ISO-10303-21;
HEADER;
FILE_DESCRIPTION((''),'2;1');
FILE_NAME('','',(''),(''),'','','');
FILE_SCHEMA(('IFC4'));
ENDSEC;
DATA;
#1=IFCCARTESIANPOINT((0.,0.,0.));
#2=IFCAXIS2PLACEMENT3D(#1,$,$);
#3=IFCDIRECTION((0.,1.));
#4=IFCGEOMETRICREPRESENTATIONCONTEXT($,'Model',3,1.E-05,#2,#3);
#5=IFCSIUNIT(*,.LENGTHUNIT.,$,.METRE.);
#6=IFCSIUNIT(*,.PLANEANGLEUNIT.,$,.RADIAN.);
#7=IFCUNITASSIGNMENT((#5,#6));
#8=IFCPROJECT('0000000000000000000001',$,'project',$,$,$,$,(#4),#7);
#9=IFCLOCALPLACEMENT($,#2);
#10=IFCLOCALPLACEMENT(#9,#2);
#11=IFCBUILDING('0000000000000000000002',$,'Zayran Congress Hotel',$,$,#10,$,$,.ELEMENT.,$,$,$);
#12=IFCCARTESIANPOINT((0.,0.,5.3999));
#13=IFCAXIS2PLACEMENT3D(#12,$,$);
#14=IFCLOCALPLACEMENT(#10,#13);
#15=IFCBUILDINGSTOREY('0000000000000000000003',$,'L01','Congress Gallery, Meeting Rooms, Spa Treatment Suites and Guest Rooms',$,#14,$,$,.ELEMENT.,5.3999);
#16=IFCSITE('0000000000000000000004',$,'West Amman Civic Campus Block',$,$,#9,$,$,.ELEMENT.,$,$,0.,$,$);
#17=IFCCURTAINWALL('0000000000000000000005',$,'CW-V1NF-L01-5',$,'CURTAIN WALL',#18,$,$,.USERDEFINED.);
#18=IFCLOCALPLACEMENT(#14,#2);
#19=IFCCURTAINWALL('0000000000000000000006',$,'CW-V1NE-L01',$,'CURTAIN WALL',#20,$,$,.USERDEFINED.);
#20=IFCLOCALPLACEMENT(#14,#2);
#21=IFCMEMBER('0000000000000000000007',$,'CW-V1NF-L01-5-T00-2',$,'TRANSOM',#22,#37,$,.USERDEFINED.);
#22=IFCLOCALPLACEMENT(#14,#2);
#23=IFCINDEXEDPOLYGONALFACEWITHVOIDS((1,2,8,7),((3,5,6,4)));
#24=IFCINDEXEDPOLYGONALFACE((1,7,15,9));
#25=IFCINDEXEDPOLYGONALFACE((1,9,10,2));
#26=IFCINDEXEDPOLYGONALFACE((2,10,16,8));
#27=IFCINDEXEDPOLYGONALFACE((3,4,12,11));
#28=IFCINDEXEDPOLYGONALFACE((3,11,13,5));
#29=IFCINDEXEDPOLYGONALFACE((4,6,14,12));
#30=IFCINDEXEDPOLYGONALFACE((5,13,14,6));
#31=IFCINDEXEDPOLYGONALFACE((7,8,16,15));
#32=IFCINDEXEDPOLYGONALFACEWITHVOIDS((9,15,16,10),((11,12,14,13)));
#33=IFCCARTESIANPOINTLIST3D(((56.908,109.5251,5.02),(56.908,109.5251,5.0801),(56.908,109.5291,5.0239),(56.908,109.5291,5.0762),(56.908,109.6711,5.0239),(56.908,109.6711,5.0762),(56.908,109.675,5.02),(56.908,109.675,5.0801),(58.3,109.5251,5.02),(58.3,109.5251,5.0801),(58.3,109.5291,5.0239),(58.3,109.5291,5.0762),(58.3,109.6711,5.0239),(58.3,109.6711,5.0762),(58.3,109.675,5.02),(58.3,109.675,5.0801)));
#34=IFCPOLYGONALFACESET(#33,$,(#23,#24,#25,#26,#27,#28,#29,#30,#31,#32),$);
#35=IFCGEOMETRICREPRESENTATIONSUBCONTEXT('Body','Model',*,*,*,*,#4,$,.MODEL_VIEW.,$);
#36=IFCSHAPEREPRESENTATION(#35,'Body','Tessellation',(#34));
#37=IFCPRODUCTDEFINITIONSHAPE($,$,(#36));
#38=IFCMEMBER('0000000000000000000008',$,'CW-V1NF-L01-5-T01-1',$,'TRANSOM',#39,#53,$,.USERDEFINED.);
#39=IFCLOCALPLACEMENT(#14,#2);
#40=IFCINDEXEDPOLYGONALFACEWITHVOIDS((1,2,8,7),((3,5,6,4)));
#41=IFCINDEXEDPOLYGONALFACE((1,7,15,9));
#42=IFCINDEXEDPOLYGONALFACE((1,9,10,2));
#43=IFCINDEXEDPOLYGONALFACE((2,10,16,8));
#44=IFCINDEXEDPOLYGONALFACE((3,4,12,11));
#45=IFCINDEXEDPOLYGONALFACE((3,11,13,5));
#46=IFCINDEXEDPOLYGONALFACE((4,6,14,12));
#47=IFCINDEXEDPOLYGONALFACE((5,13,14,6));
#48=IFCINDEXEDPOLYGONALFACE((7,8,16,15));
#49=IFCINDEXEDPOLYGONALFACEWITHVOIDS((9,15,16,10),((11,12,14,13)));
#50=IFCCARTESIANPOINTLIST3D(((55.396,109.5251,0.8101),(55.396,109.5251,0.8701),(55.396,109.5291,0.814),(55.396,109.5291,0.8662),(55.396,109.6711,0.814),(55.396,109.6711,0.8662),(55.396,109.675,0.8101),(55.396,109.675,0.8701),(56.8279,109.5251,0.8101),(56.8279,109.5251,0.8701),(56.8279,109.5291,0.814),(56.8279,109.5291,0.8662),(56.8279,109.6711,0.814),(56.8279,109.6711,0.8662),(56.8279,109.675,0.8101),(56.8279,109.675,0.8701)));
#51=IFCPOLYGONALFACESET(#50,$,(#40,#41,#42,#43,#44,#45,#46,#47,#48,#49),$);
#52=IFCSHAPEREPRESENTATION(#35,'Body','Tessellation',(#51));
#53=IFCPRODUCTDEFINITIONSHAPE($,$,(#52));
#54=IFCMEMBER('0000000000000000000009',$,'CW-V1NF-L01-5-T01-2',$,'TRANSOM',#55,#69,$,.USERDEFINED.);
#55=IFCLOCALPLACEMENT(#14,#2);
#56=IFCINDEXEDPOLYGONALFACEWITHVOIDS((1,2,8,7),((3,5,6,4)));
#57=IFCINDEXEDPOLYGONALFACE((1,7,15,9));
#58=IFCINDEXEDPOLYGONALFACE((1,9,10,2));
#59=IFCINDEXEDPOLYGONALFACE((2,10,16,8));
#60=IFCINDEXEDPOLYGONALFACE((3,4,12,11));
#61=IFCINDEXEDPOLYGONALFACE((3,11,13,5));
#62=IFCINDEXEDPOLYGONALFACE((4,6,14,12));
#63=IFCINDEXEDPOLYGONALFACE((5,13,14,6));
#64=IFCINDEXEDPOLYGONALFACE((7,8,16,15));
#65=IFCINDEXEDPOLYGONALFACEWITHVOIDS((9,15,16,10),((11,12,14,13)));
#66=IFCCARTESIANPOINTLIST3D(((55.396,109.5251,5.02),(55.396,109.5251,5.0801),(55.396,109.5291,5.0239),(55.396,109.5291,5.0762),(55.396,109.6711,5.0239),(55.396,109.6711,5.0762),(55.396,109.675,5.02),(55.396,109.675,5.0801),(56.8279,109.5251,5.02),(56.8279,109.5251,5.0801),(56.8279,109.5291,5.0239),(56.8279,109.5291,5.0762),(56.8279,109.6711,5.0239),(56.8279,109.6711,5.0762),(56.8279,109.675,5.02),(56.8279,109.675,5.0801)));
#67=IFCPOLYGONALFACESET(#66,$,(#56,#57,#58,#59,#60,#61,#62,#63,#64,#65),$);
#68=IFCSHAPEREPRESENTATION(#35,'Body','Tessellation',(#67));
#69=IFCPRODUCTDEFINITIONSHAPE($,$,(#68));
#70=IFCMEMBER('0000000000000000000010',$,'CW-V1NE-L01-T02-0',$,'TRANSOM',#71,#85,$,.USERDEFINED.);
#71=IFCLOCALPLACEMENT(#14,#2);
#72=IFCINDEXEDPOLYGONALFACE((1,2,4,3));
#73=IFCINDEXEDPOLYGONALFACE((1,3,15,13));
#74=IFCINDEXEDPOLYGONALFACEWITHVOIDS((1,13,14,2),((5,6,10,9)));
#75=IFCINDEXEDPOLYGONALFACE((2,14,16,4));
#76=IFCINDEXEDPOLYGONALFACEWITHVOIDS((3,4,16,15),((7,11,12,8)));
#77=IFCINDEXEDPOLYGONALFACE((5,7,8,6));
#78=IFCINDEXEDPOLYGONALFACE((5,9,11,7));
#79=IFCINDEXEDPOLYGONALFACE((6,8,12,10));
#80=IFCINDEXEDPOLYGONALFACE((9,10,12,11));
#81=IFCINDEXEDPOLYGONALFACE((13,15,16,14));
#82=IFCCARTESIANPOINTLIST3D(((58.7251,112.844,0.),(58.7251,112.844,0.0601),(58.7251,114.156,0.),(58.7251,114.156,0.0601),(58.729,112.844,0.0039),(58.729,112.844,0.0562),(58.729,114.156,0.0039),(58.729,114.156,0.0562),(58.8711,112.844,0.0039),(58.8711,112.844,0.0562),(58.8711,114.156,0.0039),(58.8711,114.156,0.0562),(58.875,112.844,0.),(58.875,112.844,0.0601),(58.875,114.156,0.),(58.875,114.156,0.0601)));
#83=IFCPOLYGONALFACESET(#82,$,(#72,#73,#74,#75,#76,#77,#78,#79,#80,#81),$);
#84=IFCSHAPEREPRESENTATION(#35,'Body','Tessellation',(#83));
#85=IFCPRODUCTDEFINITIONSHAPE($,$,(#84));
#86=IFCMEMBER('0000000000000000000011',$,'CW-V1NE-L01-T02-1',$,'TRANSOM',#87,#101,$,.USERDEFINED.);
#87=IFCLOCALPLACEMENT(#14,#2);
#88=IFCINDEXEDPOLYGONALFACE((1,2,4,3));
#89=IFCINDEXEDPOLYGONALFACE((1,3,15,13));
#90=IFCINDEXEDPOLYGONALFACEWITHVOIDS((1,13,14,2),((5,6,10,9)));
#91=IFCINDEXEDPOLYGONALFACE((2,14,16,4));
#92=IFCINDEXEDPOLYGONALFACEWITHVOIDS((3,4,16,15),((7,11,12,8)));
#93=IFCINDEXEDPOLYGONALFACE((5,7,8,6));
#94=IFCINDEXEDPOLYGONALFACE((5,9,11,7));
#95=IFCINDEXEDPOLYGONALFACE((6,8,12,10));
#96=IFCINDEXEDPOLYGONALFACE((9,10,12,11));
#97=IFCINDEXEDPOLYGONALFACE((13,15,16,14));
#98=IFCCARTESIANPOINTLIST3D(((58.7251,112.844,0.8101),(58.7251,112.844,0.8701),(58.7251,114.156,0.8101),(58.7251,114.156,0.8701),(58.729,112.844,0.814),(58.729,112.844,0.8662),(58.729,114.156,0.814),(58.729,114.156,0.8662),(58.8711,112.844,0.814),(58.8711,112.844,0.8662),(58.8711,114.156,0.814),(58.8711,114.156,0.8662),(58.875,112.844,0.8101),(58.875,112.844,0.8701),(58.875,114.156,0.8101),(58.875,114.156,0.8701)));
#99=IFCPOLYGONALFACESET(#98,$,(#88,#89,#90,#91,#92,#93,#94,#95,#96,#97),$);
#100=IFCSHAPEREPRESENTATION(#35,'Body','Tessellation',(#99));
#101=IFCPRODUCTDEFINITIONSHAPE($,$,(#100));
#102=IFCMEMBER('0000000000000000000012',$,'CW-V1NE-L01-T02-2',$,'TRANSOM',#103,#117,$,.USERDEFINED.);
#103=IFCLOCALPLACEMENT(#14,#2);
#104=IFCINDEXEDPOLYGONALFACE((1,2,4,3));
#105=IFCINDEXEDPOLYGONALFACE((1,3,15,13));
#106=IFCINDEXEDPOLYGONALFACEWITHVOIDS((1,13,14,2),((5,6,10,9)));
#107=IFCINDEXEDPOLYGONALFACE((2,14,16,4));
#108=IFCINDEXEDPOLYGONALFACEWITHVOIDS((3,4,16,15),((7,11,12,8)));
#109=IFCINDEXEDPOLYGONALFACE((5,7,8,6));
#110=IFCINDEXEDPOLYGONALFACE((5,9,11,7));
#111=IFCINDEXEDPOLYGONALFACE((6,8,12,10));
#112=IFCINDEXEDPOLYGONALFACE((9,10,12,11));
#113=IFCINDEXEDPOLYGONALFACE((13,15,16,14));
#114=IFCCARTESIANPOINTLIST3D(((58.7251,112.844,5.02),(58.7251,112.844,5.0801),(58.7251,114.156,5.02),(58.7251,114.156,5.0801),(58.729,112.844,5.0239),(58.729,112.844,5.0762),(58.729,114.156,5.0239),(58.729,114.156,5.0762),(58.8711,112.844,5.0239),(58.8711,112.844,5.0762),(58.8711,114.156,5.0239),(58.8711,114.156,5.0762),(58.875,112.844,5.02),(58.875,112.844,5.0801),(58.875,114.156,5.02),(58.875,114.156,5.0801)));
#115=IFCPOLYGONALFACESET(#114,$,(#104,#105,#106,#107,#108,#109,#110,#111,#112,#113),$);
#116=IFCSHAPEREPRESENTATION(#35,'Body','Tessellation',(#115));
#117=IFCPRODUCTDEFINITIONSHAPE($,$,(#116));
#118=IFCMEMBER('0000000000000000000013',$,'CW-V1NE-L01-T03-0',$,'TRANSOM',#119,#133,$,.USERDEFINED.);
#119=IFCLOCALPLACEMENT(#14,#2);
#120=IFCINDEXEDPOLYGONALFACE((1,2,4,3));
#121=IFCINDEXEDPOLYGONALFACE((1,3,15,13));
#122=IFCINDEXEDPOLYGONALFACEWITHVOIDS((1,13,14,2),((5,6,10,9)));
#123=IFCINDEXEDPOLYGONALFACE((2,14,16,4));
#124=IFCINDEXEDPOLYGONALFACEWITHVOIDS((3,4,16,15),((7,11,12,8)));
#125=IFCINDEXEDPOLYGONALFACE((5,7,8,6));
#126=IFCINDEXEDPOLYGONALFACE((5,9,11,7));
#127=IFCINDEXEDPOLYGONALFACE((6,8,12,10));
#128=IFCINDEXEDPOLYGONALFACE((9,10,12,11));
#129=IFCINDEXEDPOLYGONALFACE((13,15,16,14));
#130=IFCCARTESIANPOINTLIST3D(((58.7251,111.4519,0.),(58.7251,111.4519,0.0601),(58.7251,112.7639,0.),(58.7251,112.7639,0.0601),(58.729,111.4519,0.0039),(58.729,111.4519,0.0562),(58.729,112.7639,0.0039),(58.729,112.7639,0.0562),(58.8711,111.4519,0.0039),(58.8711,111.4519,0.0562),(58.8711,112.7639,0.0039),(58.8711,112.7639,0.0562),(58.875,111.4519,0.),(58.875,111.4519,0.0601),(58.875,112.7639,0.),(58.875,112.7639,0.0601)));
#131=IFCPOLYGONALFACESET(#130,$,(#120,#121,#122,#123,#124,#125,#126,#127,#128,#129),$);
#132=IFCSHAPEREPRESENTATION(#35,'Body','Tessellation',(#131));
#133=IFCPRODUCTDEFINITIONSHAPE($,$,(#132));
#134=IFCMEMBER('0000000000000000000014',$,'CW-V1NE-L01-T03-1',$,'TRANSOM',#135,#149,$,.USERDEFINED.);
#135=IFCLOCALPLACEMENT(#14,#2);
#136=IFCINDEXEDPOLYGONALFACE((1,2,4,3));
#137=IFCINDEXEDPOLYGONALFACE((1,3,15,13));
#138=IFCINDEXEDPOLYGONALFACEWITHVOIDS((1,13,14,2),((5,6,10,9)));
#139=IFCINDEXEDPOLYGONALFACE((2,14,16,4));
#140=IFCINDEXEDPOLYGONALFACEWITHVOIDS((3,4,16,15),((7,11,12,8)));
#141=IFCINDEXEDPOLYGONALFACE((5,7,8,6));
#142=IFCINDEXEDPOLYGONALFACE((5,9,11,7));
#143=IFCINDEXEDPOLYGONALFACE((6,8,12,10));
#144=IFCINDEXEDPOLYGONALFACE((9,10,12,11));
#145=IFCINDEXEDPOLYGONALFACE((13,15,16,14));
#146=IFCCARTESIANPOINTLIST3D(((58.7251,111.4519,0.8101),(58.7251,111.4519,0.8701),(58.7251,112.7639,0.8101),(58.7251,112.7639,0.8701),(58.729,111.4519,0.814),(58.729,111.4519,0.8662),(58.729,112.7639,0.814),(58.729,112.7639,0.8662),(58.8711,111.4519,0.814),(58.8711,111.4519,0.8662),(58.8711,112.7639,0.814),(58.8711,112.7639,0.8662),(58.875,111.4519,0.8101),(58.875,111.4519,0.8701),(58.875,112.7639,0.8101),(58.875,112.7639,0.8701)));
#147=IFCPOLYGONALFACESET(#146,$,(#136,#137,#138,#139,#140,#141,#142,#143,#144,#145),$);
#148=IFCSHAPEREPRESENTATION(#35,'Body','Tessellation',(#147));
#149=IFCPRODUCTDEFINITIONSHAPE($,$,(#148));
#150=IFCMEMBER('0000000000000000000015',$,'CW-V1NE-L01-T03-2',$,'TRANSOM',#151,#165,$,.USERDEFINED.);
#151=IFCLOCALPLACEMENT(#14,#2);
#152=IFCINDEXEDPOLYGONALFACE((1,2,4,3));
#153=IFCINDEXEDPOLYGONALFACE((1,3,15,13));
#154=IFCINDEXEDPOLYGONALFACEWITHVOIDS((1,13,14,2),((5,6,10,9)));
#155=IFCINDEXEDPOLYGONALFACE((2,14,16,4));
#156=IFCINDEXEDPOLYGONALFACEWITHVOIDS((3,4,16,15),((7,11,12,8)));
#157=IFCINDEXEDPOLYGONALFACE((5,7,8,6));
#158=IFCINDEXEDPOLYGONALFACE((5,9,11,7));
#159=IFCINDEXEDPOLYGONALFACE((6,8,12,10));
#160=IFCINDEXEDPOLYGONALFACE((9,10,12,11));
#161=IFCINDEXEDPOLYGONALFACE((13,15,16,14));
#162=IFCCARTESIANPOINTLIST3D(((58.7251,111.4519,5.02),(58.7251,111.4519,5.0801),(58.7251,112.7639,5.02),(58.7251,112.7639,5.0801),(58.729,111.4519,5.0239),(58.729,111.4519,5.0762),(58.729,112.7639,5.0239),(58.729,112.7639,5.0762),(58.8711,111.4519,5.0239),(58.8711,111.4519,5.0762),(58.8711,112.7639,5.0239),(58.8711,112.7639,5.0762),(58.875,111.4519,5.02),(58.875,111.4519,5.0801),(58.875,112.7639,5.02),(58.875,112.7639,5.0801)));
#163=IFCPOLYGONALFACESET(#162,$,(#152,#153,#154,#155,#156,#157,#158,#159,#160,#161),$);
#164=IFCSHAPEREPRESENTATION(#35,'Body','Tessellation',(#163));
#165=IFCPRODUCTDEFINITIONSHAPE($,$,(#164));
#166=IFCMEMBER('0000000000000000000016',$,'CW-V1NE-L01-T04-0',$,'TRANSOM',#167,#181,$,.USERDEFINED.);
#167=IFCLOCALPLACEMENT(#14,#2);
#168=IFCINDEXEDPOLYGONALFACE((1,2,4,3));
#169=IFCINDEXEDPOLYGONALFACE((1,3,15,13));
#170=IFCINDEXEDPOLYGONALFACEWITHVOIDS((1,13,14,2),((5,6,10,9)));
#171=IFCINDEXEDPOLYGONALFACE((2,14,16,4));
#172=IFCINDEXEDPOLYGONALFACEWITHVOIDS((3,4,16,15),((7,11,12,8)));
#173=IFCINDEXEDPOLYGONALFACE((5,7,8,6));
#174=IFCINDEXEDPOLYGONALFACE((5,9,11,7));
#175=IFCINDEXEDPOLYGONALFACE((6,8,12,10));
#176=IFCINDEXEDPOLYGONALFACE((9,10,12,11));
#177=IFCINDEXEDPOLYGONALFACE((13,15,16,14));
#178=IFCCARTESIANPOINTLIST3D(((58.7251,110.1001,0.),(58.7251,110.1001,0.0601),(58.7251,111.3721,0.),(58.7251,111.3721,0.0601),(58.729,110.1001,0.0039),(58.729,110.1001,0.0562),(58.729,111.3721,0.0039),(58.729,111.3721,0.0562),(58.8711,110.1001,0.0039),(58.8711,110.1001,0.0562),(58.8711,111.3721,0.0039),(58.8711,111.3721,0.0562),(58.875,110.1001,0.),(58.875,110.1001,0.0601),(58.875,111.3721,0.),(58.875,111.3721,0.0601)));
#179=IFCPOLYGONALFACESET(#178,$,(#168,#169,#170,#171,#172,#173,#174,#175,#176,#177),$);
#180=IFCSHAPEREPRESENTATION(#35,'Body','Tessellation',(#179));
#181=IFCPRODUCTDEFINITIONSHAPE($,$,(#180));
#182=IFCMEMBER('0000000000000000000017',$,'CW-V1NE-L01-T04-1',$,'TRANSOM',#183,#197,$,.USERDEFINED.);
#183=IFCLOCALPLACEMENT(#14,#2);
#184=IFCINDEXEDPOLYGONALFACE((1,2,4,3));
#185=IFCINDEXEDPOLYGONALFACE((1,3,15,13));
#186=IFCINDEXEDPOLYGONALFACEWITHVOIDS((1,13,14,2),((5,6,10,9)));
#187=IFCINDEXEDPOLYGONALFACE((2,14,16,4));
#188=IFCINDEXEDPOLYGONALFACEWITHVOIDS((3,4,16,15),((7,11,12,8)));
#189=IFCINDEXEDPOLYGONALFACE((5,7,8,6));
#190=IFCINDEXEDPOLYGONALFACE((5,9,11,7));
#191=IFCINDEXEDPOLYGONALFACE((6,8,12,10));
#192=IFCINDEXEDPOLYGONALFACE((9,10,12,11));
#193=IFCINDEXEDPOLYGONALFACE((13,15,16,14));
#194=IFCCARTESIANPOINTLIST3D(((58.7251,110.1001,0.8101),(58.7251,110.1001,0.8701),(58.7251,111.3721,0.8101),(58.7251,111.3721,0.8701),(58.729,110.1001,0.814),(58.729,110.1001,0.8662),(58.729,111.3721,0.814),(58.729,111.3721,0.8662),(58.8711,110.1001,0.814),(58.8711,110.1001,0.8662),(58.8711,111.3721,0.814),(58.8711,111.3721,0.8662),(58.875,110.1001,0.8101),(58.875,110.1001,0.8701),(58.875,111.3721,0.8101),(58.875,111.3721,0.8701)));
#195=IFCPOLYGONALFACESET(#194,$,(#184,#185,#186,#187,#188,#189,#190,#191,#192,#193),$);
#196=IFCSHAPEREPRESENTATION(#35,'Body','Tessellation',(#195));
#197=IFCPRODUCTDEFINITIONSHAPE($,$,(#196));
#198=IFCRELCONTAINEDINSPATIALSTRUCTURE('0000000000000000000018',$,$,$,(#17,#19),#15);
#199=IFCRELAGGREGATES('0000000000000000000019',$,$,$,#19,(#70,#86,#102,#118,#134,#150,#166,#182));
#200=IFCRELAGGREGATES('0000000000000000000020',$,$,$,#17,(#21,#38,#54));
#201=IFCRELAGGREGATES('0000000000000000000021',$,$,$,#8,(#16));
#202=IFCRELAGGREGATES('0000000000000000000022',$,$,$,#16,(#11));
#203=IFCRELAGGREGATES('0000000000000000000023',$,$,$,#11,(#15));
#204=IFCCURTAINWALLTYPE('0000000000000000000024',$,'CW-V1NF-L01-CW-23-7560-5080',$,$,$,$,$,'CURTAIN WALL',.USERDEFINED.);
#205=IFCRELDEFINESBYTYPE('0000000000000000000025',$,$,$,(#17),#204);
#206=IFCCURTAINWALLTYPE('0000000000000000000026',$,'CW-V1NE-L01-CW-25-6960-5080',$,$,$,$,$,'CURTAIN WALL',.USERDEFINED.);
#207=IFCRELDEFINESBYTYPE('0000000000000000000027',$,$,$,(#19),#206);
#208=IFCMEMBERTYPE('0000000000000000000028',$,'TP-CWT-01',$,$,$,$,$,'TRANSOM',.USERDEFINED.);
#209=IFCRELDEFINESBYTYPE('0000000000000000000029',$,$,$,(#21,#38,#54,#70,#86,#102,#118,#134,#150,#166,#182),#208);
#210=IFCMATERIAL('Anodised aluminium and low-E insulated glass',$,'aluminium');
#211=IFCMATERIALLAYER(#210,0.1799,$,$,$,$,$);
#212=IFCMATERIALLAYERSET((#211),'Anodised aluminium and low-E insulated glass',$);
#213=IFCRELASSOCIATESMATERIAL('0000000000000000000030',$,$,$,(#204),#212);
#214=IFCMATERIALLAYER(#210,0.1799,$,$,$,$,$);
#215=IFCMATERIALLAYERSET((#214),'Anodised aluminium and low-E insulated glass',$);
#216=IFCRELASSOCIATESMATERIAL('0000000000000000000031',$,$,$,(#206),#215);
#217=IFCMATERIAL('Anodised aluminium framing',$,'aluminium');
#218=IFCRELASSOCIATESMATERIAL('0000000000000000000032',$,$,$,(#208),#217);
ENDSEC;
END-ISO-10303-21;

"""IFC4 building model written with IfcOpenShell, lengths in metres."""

from ifc_helpers import new_model, si_unit, direction, frame, origin, origin_2d, place, context, subcontext, project, spatial, hollow_rectangle, extrude, material, layer, layer_set, material_profile, profile_set, type_object, element, aggregate, save


model = new_model("IFC4")

# Units and contexts
model_context = context("Model", 3, precision=1e-05, world=origin(), true_north=direction((0.0, 1.0)))
body_context = subcontext(model_context, "Body", "Model", "MODEL_VIEW")
ifc_project = project(units=[si_unit("LENGTHUNIT", "METRE"), si_unit("PLANEANGLEUNIT", "RADIAN")], contexts=[model_context])

# Site, building, storey
site_placement = place(None, origin())
site = spatial("IfcSite", under=ifc_project, at=site_placement, Name="West Amman Civic Campus Block", CompositionType="ELEMENT", RefElevation=0.0)
building_placement = place(site_placement, origin())
building = spatial("IfcBuilding", under=site, at=building_placement, Name="Zayran Congress Hotel", CompositionType="ELEMENT")
storey_placement = place(building_placement, frame((0.0, 0.0, 5.3999)))
storey = spatial("IfcBuildingStorey", under=building, at=storey_placement, Name="L01", Description="Congress Gallery, Meeting Rooms, Spa Treatment Suites and Guest Rooms", CompositionType="ELEMENT", Elevation=5.3999)

# Curtain walls
ifc_material_1 = material(Name="Anodised aluminium and low-E insulated glass", Category="aluminium")
ifc_layer_1 = layer(ifc_material_1, 0.1799)
ifc_layer_set_1 = layer_set([ifc_layer_1], Name="Anodised aluminium and low-E insulated glass")
curtain_wall_type_1 = type_object("IfcCurtainWallType", Name="CW-V1NF-L01-CW-23-7560-5080", ElementType="CURTAIN WALL", PredefinedType="USERDEFINED", material=ifc_layer_set_1)
curtain_wall_1_placement = place(storey_placement, origin())
curtain_wall_1 = element("IfcCurtainWall", 1, at=curtain_wall_1_placement, inside=storey, type_object=curtain_wall_type_1, Name="CW-V1NF-L01-5", ObjectType="CURTAIN WALL", PredefinedType="USERDEFINED")
ifc_material_2 = material(Name="Anodised aluminium framing", Category="aluminium")
ifc_layer_2 = layer(ifc_material_1, 0.1799)
ifc_layer_set_2 = layer_set([ifc_layer_2], Name="Anodised aluminium and low-E insulated glass")
curtain_wall_type_2 = type_object("IfcCurtainWallType", Name="CW-V1NE-L01-CW-25-6960-5080", ElementType="CURTAIN WALL", PredefinedType="USERDEFINED", material=ifc_layer_set_2)
curtain_wall_2_placement = place(storey_placement, origin())
curtain_wall_2 = element("IfcCurtainWall", 2, at=curtain_wall_2_placement, inside=storey, type_object=curtain_wall_type_2, Name="CW-V1NE-L01", ObjectType="CURTAIN WALL", PredefinedType="USERDEFINED")

# Members
ifc_material_profile_1 = material_profile(ifc_material_2, hollow_rectangle(XDim=0.0601, YDim=0.1499, WallThickness=0.0039, at=origin_2d()), Name="RHS 150x60x4")
ifc_profile_set_1 = profile_set([ifc_material_profile_1], Name="Anodised aluminium framing")
member_type_1 = type_object("IfcMemberType", Name="TP-CWT-01", ElementType="TRANSOM", PredefinedType="USERDEFINED", material=ifc_profile_set_1)
member_1_placement = place(storey_placement, frame((58.3, 109.6001, 5.05), z_axis=(-1.0, 0.0, 0.0), x_axis=(0.0, 0.0, 1.0)))
member_1 = element("IfcMember", 3, at=member_1_placement, type_object=member_type_1, Name="CW-V1NF-L01-5-T00-2", ObjectType="TRANSOM", PredefinedType="USERDEFINED", context=body_context, shape_type="SweptSolid", body=[
    extrude(hollow_rectangle(XDim=0.0601, YDim=0.1499, WallThickness=0.0039, at=origin_2d()), origin(), (0.0, 0.0, 1.0), 1.3921),
])
member_2_placement = place(storey_placement, frame((56.8279, 109.6001, 0.8401), z_axis=(-1.0, 0.0, 0.0), x_axis=(0.0, 0.0, 1.0)))
member_2 = element("IfcMember", 4, at=member_2_placement, type_object=member_type_1, Name="CW-V1NF-L01-5-T01-1", ObjectType="TRANSOM", PredefinedType="USERDEFINED", context=body_context, shape_type="SweptSolid", body=[
    extrude(hollow_rectangle(XDim=0.0601, YDim=0.1499, WallThickness=0.0039, at=origin_2d()), origin(), (0.0, 0.0, 1.0), 1.4319),
])
member_3_placement = place(storey_placement, frame((56.8279, 109.6001, 5.05), z_axis=(-1.0, 0.0, 0.0), x_axis=(0.0, 0.0, 1.0)))
member_3 = element("IfcMember", 5, at=member_3_placement, type_object=member_type_1, Name="CW-V1NF-L01-5-T01-2", ObjectType="TRANSOM", PredefinedType="USERDEFINED", context=body_context, shape_type="SweptSolid", body=[
    extrude(hollow_rectangle(XDim=0.0601, YDim=0.1499, WallThickness=0.0039, at=origin_2d()), origin(), (0.0, 0.0, 1.0), 1.4319),
])
member_4_placement = place(storey_placement, frame((58.8, 114.156, 0.03), z_axis=(0.0, -1.0, 0.0), x_axis=(0.0, 0.0, 1.0)))
member_4 = element("IfcMember", 6, at=member_4_placement, type_object=member_type_1, Name="CW-V1NE-L01-T02-0", ObjectType="TRANSOM", PredefinedType="USERDEFINED", context=body_context, shape_type="SweptSolid", body=[
    extrude(hollow_rectangle(XDim=0.0601, YDim=0.1499, WallThickness=0.0039, at=origin_2d()), origin(), (0.0, 0.0, 1.0), 1.312),
])
member_5_placement = place(storey_placement, frame((58.8, 114.156, 0.8401), z_axis=(0.0, -1.0, 0.0), x_axis=(0.0, 0.0, 1.0)))
member_5 = element("IfcMember", 7, at=member_5_placement, type_object=member_type_1, Name="CW-V1NE-L01-T02-1", ObjectType="TRANSOM", PredefinedType="USERDEFINED", context=body_context, shape_type="SweptSolid", body=[
    extrude(hollow_rectangle(XDim=0.0601, YDim=0.1499, WallThickness=0.0039, at=origin_2d()), origin(), (0.0, 0.0, 1.0), 1.312),
])
member_6_placement = place(storey_placement, frame((58.8, 114.156, 5.05), z_axis=(0.0, -1.0, 0.0), x_axis=(0.0, 0.0, 1.0)))
member_6 = element("IfcMember", 8, at=member_6_placement, type_object=member_type_1, Name="CW-V1NE-L01-T02-2", ObjectType="TRANSOM", PredefinedType="USERDEFINED", context=body_context, shape_type="SweptSolid", body=[
    extrude(hollow_rectangle(XDim=0.0601, YDim=0.1499, WallThickness=0.0039, at=origin_2d()), origin(), (0.0, 0.0, 1.0), 1.312),
])
member_7_placement = place(storey_placement, frame((58.8, 112.7639, 0.03), z_axis=(0.0, -1.0, 0.0), x_axis=(0.0, 0.0, 1.0)))
member_7 = element("IfcMember", 9, at=member_7_placement, type_object=member_type_1, Name="CW-V1NE-L01-T03-0", ObjectType="TRANSOM", PredefinedType="USERDEFINED", context=body_context, shape_type="SweptSolid", body=[
    extrude(hollow_rectangle(XDim=0.0601, YDim=0.1499, WallThickness=0.0039, at=origin_2d()), origin(), (0.0, 0.0, 1.0), 1.312),
])
member_8_placement = place(storey_placement, frame((58.8, 112.7639, 0.8401), z_axis=(0.0, -1.0, 0.0), x_axis=(0.0, 0.0, 1.0)))
member_8 = element("IfcMember", 10, at=member_8_placement, type_object=member_type_1, Name="CW-V1NE-L01-T03-1", ObjectType="TRANSOM", PredefinedType="USERDEFINED", context=body_context, shape_type="SweptSolid", body=[
    extrude(hollow_rectangle(XDim=0.0601, YDim=0.1499, WallThickness=0.0039, at=origin_2d()), origin(), (0.0, 0.0, 1.0), 1.312),
])
member_9_placement = place(storey_placement, frame((58.8, 112.7639, 5.05), z_axis=(0.0, -1.0, 0.0), x_axis=(0.0, 0.0, 1.0)))
member_9 = element("IfcMember", 11, at=member_9_placement, type_object=member_type_1, Name="CW-V1NE-L01-T03-2", ObjectType="TRANSOM", PredefinedType="USERDEFINED", context=body_context, shape_type="SweptSolid", body=[
    extrude(hollow_rectangle(XDim=0.0601, YDim=0.1499, WallThickness=0.0039, at=origin_2d()), origin(), (0.0, 0.0, 1.0), 1.312),
])
member_10_placement = place(storey_placement, frame((58.8, 111.3721, 0.03), z_axis=(0.0, -1.0, 0.0), x_axis=(0.0, 0.0, 1.0)))
member_10 = element("IfcMember", 12, at=member_10_placement, type_object=member_type_1, Name="CW-V1NE-L01-T04-0", ObjectType="TRANSOM", PredefinedType="USERDEFINED", context=body_context, shape_type="SweptSolid", body=[
    extrude(hollow_rectangle(XDim=0.0601, YDim=0.1499, WallThickness=0.0039, at=origin_2d()), origin(), (0.0, 0.0, 1.0), 1.272),
])
member_11_placement = place(storey_placement, frame((58.8, 111.3721, 0.8401), z_axis=(0.0, -1.0, 0.0), x_axis=(0.0, 0.0, 1.0)))
member_11 = element("IfcMember", 13, at=member_11_placement, type_object=member_type_1, Name="CW-V1NE-L01-T04-1", ObjectType="TRANSOM", PredefinedType="USERDEFINED", context=body_context, shape_type="SweptSolid", body=[
    extrude(hollow_rectangle(XDim=0.0601, YDim=0.1499, WallThickness=0.0039, at=origin_2d()), origin(), (0.0, 0.0, 1.0), 1.272),
])

aggregate(curtain_wall_2, [member_4, member_5, member_6, member_7, member_8, member_9, member_10, member_11])
aggregate(curtain_wall_1, [member_1, member_2, member_3])

save(model, "model.ifc")
